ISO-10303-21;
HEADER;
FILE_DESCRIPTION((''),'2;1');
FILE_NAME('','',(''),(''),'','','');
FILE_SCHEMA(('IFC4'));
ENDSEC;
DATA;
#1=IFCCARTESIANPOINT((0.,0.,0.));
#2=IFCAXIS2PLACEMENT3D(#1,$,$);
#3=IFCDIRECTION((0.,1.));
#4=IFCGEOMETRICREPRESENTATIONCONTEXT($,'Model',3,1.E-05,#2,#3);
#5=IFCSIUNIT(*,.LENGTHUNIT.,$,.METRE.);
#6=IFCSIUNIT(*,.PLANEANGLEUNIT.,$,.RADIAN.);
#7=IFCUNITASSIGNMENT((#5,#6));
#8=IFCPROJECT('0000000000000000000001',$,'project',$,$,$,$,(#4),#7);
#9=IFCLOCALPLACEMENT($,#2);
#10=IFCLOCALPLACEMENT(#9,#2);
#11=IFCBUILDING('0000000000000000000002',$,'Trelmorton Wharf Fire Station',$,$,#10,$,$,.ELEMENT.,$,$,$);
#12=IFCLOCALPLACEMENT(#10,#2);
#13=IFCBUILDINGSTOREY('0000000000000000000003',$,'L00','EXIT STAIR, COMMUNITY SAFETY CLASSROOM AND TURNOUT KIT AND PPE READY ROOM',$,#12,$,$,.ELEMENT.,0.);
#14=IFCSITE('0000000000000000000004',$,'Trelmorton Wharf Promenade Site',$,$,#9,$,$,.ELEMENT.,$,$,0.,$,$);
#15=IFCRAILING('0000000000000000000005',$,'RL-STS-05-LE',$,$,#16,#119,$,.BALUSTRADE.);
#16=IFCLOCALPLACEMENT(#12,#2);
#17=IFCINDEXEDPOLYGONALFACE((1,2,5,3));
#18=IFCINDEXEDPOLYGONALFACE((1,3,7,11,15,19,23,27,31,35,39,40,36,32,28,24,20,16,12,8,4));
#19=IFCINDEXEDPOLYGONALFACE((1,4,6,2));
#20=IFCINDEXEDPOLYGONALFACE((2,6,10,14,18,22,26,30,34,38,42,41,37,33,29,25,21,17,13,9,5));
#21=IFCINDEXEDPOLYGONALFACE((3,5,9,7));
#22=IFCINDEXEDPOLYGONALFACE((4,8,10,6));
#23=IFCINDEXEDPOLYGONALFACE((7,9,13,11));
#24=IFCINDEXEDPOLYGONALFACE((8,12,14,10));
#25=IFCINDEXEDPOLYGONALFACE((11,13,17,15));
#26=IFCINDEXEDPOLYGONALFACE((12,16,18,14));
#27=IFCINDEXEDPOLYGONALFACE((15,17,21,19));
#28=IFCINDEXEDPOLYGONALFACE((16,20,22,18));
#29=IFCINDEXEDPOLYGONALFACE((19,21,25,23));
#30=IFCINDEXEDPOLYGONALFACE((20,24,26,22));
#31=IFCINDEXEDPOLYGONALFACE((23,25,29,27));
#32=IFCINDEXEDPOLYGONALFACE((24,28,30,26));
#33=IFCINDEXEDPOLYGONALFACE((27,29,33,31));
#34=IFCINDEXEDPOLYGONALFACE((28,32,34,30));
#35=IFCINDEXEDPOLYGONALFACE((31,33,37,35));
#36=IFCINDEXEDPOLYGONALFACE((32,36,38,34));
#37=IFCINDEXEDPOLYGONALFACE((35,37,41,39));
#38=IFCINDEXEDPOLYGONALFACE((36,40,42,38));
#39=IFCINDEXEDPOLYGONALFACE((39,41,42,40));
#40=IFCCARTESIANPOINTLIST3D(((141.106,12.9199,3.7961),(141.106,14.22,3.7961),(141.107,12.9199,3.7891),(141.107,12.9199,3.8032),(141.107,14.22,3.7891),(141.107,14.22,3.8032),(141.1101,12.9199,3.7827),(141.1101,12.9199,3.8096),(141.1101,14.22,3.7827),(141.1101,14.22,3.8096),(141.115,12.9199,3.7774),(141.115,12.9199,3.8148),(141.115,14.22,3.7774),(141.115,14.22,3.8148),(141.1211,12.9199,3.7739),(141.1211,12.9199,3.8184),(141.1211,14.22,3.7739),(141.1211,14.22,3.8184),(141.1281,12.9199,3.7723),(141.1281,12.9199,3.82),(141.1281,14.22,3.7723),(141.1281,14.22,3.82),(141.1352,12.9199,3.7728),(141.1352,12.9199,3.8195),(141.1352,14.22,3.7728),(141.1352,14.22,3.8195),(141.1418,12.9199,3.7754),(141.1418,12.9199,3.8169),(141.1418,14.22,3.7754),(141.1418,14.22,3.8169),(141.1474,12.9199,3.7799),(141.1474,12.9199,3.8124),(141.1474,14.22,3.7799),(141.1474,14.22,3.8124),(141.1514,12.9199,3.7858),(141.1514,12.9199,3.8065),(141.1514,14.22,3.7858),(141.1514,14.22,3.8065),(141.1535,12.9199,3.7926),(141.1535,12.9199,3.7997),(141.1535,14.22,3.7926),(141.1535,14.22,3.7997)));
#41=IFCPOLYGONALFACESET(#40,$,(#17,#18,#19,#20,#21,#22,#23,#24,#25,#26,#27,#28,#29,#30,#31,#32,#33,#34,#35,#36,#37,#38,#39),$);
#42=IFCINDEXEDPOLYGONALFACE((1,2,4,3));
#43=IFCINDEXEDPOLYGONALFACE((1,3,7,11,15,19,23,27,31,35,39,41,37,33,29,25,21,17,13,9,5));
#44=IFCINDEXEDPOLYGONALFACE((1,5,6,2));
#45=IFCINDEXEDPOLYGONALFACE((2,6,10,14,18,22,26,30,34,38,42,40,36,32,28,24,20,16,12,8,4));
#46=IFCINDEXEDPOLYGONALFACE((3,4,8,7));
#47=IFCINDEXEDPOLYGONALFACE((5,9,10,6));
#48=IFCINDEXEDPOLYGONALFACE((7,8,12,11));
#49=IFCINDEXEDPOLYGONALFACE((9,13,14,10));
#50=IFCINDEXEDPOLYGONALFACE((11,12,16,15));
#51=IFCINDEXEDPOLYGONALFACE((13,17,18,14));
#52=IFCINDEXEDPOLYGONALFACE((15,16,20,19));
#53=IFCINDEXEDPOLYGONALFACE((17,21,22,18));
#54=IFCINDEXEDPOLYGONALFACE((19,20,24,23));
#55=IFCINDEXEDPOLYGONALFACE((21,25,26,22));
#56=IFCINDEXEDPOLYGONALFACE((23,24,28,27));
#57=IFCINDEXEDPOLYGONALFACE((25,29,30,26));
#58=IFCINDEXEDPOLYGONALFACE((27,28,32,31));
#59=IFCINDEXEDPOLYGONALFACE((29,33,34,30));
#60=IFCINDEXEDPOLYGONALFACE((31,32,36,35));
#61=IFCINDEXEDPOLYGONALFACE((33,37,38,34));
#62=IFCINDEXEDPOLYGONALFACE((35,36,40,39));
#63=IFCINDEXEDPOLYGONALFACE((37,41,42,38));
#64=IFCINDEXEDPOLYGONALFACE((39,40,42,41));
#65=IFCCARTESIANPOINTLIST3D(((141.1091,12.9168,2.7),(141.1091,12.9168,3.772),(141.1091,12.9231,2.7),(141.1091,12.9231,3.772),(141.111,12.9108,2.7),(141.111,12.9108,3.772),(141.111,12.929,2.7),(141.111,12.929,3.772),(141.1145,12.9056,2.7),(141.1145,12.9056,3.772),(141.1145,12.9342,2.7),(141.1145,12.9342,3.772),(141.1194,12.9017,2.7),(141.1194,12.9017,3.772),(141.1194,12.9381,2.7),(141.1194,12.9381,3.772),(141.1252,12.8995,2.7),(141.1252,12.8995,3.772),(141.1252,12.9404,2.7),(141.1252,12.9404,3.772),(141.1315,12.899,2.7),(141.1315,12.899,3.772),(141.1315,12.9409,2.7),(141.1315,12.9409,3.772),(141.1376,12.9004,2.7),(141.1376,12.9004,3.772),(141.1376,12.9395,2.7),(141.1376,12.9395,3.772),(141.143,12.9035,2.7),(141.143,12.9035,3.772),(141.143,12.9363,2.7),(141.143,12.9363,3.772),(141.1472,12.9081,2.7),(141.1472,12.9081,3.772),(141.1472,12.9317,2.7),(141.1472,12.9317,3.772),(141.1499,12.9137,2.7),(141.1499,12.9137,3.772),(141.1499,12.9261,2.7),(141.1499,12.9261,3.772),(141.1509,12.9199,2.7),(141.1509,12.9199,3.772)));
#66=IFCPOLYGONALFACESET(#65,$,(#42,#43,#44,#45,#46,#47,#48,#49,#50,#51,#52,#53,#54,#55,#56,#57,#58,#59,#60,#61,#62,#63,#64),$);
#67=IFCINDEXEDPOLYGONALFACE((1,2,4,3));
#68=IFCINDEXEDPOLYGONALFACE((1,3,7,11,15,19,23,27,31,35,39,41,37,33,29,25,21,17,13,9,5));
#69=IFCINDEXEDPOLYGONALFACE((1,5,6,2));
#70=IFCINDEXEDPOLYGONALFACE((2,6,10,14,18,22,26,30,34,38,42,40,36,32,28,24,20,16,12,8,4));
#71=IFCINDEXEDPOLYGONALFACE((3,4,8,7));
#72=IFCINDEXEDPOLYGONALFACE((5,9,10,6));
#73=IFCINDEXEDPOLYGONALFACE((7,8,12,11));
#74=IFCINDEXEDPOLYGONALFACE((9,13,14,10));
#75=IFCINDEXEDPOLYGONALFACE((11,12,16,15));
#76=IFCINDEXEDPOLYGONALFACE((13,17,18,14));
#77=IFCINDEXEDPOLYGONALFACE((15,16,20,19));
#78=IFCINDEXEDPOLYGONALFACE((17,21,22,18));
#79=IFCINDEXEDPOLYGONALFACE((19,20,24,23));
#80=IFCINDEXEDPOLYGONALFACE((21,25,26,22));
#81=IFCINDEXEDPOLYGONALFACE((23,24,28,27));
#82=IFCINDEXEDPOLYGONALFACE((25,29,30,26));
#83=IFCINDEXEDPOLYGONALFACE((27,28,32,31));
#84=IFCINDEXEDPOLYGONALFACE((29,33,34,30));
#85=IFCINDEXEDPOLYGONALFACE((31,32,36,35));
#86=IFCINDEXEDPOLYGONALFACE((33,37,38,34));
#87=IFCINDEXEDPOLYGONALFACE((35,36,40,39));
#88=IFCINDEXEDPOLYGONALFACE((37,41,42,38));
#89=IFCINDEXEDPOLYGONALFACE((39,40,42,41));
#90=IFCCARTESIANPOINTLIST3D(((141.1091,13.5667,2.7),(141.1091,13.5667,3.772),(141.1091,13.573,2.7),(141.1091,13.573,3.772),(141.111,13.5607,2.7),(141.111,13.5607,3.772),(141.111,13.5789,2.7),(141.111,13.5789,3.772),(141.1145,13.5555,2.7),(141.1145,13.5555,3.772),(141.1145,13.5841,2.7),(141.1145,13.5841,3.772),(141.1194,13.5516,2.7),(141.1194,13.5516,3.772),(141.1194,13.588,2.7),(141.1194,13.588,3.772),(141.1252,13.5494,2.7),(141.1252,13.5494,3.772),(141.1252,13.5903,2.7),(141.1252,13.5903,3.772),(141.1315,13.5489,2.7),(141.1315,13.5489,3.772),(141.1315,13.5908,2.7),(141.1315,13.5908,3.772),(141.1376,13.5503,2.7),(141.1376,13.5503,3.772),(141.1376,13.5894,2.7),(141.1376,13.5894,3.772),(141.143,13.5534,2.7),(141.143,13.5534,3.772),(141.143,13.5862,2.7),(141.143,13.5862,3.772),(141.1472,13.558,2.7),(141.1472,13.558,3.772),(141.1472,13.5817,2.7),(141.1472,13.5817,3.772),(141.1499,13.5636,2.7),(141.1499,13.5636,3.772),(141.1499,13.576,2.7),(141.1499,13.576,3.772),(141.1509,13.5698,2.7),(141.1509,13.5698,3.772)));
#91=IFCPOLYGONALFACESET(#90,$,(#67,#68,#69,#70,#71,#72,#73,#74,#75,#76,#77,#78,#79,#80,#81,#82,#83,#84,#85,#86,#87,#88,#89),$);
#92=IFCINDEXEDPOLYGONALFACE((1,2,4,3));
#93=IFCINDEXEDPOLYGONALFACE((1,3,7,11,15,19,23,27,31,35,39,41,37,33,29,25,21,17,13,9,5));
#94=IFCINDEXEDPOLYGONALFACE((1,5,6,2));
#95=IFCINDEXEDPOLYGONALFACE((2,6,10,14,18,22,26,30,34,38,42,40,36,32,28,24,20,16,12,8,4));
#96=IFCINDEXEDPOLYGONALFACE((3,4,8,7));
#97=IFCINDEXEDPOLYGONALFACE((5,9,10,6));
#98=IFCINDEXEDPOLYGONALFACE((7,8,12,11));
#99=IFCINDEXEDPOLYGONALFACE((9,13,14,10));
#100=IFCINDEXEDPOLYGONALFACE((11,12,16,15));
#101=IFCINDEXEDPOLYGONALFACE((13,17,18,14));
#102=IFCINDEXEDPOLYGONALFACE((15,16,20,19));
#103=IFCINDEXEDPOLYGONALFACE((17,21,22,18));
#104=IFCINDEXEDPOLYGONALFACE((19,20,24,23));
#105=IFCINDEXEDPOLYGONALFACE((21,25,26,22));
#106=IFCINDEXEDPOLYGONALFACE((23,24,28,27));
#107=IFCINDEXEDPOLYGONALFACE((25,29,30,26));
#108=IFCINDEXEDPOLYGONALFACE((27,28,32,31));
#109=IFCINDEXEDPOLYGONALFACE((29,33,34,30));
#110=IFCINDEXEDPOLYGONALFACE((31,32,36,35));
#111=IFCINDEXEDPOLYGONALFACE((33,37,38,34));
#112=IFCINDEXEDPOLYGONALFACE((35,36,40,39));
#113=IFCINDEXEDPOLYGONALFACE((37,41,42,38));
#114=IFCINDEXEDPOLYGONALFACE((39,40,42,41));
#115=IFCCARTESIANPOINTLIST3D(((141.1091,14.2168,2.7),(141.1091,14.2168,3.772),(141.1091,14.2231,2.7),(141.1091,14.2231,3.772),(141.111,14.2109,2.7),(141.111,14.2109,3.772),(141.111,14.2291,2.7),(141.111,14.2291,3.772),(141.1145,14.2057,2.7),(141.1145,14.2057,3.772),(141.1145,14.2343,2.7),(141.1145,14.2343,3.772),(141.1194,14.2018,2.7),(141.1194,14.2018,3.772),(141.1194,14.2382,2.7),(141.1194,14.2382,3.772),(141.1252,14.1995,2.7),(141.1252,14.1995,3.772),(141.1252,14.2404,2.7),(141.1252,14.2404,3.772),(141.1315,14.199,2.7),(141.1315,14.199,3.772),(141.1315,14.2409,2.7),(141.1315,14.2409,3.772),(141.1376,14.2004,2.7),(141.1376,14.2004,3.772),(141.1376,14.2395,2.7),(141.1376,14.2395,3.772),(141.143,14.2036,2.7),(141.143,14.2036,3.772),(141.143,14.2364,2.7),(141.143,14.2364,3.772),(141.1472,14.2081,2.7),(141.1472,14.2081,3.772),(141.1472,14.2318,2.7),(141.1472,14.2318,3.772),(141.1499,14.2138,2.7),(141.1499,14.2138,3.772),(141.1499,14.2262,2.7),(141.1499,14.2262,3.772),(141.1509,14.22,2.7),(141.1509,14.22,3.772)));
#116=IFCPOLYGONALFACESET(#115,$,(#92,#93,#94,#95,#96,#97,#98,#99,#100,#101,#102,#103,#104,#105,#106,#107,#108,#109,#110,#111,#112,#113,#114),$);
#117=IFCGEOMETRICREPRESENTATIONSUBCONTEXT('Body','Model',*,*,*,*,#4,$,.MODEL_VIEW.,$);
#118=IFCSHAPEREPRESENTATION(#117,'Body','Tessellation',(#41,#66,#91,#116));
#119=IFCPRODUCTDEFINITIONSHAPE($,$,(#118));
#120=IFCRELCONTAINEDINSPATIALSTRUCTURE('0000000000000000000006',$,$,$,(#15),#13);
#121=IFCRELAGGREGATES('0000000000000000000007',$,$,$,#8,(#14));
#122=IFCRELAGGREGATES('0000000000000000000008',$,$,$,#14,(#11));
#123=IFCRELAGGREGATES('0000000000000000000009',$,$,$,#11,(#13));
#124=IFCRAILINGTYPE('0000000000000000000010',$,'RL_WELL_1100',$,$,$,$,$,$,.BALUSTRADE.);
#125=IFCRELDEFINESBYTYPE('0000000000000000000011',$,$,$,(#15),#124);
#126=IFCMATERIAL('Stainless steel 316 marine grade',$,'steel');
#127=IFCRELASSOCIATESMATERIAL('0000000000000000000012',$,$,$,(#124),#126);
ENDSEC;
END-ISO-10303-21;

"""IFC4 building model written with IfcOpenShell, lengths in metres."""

from ifc_helpers import new_model, si_unit, direction, frame, origin, origin_2d, place, context, subcontext, project, spatial, circle, extrude, material, type_object, element, save


model = new_model("IFC4")

# Units and contexts
model_context = context("Model", 3, precision=1e-05, world=origin(), true_north=direction((0.0, 1.0)))
body_context = subcontext(model_context, "Body", "Model", "MODEL_VIEW")
ifc_project = project(units=[si_unit("LENGTHUNIT", "METRE"), si_unit("PLANEANGLEUNIT", "RADIAN")], contexts=[model_context])

# Site, building, storey
site_placement = place(None, origin())
site = spatial("IfcSite", under=ifc_project, at=site_placement, Name="Trelmorton Wharf Promenade Site", CompositionType="ELEMENT", RefElevation=0.0)
building_placement = place(site_placement, origin())
building = spatial("IfcBuilding", under=site, at=building_placement, Name="Trelmorton Wharf Fire Station", CompositionType="ELEMENT")
storey_placement = place(building_placement, origin())
storey = spatial("IfcBuildingStorey", under=building, at=storey_placement, Name="L00", Description="EXIT STAIR, COMMUNITY SAFETY CLASSROOM AND TURNOUT KIT AND PPE READY ROOM", CompositionType="ELEMENT", Elevation=0.0)

# Railing
ifc_material_1 = material(Name="Stainless steel 316 marine grade", Category="steel")
railing_type = type_object("IfcRailingType", Name="RL_WELL_1100", PredefinedType="BALUSTRADE", material=ifc_material_1)
railing_1_placement = place(storey_placement, frame((141.1299, 12.9199, 2.7)))
element("IfcRailing", 1, at=railing_1_placement, inside=storey, type_object=railing_type, Name="RL-STS-05-LE", PredefinedType="BALUSTRADE", context=body_context, shape_type="SweptSolid", body=[
    extrude(circle(Radius=0.0239, at=origin_2d()), frame((0.0, 0.0, 1.0962), z_axis=(0.0, 1.0, 0.0), x_axis=(-1.0, 0.0, 0.0)), (0.0, 0.0, 1.0), 1.3),
    extrude(circle(Radius=0.021, at=origin_2d()), origin(), (0.0, 0.0, 1.0), 1.072),
    extrude(circle(Radius=0.021, at=origin_2d()), frame((0.0, 0.6499, 0.0)), (0.0, 0.0, 1.0), 1.072),
    extrude(circle(Radius=0.021, at=origin_2d()), frame((0.0, 1.3, 0.0)), (0.0, 0.0, 1.0), 1.072),
])

save(model, "model.ifc")
